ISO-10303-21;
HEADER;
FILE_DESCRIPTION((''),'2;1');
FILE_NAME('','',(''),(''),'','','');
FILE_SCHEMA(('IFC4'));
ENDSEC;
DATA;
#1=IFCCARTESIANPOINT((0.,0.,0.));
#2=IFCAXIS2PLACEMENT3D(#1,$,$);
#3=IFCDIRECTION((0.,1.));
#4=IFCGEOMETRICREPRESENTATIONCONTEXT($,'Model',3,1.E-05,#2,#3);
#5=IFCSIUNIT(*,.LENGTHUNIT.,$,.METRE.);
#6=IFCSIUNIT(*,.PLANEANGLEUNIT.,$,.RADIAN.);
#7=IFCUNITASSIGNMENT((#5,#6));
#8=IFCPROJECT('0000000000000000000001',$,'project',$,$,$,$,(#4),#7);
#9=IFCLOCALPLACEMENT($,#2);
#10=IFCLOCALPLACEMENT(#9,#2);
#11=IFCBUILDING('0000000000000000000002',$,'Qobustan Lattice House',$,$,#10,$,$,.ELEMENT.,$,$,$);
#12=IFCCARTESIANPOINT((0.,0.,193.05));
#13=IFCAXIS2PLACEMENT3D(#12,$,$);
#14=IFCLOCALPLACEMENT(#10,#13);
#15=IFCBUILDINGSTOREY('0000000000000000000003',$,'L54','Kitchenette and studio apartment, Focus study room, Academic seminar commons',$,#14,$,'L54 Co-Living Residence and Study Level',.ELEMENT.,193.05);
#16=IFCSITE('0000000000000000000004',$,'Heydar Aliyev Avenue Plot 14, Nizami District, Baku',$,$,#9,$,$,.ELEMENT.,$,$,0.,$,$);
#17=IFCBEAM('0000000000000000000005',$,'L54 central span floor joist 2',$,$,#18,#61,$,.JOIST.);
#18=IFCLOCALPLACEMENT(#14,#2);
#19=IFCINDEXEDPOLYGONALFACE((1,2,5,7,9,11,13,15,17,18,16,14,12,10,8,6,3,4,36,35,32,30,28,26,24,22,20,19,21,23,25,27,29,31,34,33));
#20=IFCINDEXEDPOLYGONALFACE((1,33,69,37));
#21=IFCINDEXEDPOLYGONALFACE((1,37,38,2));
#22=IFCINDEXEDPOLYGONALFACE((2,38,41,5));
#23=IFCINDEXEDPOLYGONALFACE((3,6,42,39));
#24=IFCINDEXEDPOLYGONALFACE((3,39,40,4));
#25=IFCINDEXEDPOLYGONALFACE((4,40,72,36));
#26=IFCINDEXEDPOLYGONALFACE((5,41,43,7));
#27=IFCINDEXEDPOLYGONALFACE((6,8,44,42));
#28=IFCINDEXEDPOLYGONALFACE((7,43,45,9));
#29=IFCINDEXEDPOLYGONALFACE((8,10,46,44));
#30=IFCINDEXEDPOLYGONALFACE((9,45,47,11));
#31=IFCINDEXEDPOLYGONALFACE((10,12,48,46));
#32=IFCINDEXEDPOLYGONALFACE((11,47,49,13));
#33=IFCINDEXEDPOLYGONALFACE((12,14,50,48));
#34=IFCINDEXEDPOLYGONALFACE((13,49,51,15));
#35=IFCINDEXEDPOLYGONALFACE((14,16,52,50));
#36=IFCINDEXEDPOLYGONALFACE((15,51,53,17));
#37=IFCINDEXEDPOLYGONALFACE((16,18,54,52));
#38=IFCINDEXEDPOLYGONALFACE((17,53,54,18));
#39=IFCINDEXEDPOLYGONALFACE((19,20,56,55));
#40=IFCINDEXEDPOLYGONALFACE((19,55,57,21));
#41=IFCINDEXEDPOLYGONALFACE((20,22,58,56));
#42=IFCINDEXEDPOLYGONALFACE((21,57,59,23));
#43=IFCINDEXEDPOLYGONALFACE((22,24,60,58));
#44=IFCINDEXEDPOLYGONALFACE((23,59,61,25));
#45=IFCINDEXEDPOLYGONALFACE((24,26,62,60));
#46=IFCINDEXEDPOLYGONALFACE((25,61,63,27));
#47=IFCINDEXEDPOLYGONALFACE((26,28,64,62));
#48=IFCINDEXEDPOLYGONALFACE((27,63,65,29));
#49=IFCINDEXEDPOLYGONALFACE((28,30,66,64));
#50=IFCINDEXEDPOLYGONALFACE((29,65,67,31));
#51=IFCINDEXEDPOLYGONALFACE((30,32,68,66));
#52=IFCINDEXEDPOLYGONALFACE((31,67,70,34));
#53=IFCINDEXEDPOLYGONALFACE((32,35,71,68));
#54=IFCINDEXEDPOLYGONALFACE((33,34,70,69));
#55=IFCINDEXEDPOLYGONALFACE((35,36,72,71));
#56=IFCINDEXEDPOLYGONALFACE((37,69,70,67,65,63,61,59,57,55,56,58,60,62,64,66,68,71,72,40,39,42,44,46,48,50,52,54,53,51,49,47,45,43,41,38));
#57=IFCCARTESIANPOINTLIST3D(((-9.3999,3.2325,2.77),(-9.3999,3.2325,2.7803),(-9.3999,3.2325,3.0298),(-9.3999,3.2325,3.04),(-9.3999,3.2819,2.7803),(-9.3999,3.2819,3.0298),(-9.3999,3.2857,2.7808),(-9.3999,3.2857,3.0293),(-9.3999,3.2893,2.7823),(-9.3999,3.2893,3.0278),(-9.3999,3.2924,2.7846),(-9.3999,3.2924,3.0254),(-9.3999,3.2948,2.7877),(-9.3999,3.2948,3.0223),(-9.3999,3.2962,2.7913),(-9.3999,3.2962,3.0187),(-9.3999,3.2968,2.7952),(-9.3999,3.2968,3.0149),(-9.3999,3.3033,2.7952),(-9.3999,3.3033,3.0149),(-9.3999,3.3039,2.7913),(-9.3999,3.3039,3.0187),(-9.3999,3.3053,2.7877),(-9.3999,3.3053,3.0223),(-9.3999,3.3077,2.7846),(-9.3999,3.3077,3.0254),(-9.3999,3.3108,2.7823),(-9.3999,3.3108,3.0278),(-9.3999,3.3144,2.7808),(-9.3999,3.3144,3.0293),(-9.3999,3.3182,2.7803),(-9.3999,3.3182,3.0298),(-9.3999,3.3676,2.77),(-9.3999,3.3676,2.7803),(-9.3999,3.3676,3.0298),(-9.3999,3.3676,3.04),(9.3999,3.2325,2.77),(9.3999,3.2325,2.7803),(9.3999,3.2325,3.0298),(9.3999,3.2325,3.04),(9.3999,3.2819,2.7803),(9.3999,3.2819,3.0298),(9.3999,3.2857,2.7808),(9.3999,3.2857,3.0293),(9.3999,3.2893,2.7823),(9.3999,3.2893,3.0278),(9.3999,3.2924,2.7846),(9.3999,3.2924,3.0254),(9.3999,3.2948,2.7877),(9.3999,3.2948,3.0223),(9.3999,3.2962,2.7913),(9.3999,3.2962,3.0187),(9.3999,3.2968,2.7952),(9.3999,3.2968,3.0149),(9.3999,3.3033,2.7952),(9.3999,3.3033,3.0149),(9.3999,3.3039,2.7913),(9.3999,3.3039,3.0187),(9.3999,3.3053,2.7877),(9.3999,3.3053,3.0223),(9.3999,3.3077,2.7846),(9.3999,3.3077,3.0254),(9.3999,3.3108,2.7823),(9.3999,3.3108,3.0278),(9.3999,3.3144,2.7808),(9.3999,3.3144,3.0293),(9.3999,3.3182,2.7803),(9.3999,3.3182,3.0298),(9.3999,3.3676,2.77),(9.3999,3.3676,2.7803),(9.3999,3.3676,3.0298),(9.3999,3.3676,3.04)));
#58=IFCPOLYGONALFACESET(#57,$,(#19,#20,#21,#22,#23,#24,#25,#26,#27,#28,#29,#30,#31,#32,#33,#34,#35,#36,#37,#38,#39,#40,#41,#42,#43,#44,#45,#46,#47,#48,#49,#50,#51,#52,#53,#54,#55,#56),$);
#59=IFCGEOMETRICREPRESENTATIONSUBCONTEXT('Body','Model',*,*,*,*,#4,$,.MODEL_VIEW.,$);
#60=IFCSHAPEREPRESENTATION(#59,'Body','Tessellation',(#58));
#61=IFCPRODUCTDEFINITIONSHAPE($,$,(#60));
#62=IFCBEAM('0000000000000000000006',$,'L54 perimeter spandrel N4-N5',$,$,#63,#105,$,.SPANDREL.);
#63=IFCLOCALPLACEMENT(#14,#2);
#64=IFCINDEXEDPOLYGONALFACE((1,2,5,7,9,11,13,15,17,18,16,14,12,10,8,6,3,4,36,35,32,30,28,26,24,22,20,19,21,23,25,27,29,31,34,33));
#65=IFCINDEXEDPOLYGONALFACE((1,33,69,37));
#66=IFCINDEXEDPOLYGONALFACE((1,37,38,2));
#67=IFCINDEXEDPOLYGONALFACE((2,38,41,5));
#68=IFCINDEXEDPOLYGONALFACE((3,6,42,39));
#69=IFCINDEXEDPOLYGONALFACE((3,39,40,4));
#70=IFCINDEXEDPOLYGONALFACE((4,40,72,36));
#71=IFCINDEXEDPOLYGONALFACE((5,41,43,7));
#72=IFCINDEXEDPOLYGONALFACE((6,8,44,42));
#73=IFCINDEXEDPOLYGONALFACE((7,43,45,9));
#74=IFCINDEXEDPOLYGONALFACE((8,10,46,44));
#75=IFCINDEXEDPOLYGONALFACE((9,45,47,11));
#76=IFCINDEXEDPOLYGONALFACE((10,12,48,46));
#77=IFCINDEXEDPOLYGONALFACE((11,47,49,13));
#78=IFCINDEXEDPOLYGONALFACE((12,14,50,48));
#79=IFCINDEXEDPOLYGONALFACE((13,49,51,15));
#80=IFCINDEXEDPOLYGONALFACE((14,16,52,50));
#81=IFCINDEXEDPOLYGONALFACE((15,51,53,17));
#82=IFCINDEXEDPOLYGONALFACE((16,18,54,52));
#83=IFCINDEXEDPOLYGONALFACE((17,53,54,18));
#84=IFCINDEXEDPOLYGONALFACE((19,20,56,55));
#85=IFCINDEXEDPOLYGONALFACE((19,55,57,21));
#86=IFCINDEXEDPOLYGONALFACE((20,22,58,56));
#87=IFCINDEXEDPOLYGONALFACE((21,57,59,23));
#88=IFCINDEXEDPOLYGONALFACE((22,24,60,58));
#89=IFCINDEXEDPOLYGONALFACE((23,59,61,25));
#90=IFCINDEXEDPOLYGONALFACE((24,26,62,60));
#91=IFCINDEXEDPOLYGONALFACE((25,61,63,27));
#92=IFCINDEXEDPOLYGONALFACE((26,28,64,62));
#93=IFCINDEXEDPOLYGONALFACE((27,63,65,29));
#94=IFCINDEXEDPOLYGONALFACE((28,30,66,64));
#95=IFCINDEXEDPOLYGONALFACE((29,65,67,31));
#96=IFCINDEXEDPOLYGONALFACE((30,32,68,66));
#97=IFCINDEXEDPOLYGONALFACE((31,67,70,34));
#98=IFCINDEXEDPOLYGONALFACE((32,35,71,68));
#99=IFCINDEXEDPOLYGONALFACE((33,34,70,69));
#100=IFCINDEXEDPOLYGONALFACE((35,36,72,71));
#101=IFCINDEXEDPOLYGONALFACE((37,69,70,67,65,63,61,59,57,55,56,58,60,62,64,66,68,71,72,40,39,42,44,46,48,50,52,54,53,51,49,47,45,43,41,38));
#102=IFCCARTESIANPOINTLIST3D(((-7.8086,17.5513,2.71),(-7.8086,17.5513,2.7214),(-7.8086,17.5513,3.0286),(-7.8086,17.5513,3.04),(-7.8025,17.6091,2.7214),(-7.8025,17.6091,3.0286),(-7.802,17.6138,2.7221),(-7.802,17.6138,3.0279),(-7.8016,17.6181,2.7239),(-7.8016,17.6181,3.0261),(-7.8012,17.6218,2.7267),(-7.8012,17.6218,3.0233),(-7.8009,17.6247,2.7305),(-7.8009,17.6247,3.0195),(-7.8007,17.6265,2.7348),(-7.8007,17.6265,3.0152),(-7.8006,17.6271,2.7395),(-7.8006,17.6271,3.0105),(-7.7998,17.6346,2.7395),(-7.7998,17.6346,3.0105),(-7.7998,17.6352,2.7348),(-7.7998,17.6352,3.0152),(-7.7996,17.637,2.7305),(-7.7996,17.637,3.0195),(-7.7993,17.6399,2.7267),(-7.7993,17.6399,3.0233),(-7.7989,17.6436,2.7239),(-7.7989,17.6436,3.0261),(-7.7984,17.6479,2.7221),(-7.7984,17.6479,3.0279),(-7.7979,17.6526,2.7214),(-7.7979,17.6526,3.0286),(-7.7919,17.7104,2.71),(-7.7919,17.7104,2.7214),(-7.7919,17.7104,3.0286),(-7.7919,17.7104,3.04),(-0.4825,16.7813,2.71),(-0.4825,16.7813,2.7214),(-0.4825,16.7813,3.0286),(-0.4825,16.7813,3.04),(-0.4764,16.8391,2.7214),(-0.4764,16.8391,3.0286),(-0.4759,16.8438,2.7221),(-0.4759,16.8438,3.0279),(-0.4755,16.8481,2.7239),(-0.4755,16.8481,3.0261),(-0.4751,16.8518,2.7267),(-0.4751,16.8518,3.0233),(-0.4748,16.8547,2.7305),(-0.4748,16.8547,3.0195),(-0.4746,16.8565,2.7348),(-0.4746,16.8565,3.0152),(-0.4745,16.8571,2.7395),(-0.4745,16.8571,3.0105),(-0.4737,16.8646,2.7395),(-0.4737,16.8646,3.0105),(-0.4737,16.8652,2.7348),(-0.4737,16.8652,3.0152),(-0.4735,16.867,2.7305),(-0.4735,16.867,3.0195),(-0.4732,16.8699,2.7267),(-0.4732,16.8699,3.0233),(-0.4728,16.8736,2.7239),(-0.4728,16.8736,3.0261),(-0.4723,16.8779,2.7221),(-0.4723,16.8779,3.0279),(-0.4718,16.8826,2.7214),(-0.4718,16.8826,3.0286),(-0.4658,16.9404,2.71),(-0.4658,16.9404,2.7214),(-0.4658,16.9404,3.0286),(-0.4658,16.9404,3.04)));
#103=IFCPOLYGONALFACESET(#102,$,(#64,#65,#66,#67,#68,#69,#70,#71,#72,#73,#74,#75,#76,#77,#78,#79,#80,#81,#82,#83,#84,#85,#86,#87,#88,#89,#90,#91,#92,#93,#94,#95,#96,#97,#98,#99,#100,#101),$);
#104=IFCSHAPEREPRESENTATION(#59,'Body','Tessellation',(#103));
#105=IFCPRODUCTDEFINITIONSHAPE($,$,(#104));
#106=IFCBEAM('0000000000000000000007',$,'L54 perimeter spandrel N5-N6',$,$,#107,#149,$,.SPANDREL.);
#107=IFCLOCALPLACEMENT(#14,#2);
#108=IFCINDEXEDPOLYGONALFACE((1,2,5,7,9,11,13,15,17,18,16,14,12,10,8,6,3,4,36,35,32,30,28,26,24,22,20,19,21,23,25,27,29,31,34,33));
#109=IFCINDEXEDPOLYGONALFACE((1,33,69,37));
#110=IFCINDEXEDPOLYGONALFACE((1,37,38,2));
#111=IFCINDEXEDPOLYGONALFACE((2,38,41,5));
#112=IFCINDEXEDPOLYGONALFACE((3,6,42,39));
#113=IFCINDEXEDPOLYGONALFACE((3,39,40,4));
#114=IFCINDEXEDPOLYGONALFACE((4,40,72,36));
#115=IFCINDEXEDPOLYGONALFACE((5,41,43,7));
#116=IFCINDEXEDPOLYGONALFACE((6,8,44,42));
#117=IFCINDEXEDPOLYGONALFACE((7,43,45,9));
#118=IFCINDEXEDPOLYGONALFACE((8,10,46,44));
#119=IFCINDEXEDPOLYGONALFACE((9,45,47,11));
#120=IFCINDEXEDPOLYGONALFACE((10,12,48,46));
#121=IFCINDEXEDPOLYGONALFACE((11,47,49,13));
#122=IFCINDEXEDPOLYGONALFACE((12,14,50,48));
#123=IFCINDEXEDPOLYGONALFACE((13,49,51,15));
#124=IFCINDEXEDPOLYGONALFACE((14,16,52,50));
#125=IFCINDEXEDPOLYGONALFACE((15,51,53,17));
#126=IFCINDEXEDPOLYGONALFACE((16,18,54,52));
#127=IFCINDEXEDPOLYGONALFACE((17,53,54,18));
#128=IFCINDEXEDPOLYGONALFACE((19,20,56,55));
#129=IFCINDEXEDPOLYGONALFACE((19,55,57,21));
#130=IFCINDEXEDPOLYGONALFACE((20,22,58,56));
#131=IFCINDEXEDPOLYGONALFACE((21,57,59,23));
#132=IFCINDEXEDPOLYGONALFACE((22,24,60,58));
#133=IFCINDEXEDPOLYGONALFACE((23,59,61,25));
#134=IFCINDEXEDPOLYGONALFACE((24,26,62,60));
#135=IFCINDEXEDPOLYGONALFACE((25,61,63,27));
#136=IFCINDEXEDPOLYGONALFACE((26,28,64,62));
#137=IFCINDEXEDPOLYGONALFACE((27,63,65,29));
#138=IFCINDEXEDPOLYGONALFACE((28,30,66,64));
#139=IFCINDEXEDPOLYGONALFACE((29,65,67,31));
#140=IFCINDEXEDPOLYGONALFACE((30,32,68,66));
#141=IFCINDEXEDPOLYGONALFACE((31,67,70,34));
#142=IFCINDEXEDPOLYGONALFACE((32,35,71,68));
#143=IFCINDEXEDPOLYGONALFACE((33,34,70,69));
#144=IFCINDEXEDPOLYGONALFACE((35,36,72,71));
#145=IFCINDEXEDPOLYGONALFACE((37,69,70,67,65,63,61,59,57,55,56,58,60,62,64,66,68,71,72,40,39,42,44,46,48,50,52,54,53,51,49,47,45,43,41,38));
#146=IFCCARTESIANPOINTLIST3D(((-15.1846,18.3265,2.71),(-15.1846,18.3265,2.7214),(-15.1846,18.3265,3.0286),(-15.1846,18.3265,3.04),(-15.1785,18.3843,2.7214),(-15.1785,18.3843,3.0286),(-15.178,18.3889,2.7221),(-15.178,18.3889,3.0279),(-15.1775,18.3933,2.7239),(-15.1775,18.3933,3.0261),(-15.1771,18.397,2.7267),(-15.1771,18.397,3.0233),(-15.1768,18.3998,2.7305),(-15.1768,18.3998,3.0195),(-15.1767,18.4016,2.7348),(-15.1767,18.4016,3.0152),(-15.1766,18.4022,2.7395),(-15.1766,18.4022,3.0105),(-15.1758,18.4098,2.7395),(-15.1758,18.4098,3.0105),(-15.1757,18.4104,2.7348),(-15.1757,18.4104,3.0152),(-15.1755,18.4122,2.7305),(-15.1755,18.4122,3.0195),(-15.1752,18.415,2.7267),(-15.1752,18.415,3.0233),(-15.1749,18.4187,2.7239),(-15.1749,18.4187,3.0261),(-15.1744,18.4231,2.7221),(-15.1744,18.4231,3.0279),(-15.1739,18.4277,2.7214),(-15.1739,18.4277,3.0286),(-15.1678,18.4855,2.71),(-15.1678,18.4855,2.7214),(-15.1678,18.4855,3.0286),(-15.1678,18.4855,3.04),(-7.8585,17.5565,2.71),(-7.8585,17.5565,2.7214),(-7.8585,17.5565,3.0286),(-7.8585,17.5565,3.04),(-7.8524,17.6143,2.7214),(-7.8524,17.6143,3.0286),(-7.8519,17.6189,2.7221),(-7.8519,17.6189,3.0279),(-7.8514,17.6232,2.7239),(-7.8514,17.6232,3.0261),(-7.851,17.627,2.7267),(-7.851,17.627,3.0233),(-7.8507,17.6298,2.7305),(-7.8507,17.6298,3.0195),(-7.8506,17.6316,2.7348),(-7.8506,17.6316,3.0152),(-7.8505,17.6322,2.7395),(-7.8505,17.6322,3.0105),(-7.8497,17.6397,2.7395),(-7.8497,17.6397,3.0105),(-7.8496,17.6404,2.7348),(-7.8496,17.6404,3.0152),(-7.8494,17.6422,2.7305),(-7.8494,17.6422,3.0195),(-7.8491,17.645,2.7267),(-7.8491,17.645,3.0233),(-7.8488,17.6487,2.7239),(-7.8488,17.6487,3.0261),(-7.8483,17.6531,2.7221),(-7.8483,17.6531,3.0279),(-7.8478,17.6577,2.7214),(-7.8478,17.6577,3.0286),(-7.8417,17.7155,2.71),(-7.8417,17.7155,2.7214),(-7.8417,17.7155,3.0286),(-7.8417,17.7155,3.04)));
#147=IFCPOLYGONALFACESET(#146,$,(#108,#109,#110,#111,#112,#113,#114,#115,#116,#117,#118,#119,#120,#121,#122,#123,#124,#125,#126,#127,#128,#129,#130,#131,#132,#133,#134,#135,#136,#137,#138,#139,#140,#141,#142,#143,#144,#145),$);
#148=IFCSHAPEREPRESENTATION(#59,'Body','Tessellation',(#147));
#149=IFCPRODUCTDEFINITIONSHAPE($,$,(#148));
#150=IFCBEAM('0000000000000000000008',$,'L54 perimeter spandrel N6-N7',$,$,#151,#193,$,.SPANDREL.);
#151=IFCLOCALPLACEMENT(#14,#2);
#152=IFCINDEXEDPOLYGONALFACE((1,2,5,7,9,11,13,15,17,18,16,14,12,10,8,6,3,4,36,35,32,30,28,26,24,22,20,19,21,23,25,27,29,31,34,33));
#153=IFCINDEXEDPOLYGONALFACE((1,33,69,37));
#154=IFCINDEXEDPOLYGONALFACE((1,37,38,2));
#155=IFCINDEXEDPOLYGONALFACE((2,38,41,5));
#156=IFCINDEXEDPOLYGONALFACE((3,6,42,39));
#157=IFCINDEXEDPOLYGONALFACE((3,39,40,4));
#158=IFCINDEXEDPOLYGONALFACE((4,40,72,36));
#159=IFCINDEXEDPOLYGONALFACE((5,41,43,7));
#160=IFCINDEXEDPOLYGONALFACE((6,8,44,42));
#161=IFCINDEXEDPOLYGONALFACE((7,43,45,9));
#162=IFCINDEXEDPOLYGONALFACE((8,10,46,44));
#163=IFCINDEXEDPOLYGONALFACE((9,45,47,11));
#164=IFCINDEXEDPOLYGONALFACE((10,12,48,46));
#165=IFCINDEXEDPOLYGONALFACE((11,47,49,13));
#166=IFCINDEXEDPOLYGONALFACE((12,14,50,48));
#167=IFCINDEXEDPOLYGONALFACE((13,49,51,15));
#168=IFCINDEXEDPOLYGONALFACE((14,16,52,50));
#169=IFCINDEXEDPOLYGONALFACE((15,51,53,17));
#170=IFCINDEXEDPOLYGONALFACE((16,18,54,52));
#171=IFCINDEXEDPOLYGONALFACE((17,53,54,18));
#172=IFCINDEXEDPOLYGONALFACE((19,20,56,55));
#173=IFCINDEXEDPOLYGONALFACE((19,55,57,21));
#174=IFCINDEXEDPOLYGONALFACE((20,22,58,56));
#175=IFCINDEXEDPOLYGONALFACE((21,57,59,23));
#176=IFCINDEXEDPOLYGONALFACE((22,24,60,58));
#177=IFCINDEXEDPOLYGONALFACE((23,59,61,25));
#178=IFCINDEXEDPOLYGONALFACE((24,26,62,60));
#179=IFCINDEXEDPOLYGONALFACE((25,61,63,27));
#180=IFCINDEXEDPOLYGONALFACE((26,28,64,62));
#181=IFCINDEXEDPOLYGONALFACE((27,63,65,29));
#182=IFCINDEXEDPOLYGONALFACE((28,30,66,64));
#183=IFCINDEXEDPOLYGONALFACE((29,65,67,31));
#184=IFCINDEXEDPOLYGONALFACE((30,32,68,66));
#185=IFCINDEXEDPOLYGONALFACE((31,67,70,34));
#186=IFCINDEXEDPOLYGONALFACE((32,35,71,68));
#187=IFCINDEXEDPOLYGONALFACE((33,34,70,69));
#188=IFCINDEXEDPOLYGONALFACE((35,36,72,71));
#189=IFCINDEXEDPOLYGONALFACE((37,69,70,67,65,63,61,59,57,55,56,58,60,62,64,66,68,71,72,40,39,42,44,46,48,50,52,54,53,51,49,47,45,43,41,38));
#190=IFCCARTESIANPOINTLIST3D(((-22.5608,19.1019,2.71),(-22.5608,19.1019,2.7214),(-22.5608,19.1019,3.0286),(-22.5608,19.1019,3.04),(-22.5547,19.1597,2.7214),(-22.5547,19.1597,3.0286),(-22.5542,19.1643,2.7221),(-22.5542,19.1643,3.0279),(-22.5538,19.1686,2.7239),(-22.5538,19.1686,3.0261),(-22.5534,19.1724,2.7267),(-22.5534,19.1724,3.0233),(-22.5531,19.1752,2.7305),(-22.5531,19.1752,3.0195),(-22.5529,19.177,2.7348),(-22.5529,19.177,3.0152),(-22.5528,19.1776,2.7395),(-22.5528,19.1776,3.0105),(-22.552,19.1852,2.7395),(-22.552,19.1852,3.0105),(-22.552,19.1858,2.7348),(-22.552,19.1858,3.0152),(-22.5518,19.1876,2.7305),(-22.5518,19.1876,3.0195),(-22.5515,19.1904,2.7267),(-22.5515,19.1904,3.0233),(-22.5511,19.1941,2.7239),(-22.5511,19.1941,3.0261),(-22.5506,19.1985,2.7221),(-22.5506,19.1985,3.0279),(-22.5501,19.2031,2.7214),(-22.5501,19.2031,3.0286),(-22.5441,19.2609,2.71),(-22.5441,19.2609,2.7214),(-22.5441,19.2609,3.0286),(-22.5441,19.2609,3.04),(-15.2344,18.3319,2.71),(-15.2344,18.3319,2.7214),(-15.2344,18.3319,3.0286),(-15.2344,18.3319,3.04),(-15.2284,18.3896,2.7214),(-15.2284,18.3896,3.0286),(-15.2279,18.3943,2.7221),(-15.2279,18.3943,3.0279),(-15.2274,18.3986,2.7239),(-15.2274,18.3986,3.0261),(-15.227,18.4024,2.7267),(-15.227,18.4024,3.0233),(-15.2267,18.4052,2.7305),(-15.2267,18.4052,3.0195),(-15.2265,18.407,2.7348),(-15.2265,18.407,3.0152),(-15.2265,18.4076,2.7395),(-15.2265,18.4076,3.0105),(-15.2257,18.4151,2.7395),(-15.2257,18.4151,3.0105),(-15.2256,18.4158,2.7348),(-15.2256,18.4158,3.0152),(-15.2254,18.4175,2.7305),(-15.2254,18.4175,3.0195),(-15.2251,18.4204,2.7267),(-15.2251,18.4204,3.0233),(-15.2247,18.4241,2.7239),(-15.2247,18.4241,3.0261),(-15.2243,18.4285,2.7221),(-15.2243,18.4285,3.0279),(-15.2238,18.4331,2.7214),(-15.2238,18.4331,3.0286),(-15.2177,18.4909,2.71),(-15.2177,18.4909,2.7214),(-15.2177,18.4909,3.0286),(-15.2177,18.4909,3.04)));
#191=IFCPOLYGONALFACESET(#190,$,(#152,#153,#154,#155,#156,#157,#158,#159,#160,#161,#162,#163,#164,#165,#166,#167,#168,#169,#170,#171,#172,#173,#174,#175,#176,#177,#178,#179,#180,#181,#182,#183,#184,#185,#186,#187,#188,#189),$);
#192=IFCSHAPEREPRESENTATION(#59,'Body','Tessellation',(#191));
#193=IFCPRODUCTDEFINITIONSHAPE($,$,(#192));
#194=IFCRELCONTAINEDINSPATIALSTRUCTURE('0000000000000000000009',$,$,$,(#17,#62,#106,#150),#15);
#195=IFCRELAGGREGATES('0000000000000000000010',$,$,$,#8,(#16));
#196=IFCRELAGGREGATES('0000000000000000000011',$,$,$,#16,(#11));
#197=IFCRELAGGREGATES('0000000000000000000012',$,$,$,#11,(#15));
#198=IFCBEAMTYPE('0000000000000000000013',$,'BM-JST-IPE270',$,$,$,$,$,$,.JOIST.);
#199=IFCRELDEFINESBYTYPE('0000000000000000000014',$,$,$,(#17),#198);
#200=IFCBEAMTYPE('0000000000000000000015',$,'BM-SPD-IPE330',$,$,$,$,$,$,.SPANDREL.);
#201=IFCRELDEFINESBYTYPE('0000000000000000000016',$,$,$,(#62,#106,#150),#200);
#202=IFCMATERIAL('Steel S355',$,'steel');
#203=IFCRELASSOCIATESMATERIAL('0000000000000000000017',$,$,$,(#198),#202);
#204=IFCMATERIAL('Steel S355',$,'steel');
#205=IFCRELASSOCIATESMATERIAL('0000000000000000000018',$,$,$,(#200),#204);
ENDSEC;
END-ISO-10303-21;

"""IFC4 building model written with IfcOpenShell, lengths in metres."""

from ifc_helpers import new_model, si_unit, direction, frame, origin, origin_2d, place, context, subcontext, project, spatial, i_section, extrude, material, material_profile, profile_set, type_object, element, save


model = new_model("IFC4")

# Units and contexts
model_context = context("Model", 3, precision=1e-05, world=origin(), true_north=direction((0.0, 1.0)))
body_context = subcontext(model_context, "Body", "Model", "MODEL_VIEW")
ifc_project = project(units=[si_unit("LENGTHUNIT", "METRE"), si_unit("PLANEANGLEUNIT", "RADIAN")], contexts=[model_context])

# Site, building, storey
site_placement = place(None, origin())
site = spatial("IfcSite", under=ifc_project, at=site_placement, Name="Heydar Aliyev Avenue Plot 14, Nizami District, Baku", CompositionType="ELEMENT", RefElevation=0.0)
building_placement = place(site_placement, origin())
building = spatial("IfcBuilding", under=site, at=building_placement, Name="Qobustan Lattice House", CompositionType="ELEMENT")
storey_placement = place(building_placement, frame((0.0, 0.0, 193.05)))
storey = spatial("IfcBuildingStorey", under=building, at=storey_placement, Name="L54", Description="Kitchenette and studio apartment, Focus study room, Academic seminar commons", LongName="L54 Co-Living Residence and Study Level", CompositionType="ELEMENT", Elevation=193.05)

# Beams
ifc_material_1 = material(Name="Steel S355", Category="steel")
ifc_material_profile_1 = material_profile(ifc_material_1, i_section(OverallWidth=0.135, OverallDepth=0.27, WebThickness=0.0066, FlangeThickness=0.0103, FilletRadius=0.0149, at=origin_2d()), Name="IPE270")
ifc_profile_set_1 = profile_set([ifc_material_profile_1], Name="Steel S355")
beam_type_1 = type_object("IfcBeamType", Name="BM-JST-IPE270", PredefinedType="JOIST", material=ifc_profile_set_1)
beam_1_placement = place(storey_placement, frame((-9.3999, 3.3, 2.905), z_axis=(1.0, 0.0, 0.0), x_axis=(0.0, 1.0, 0.0)))
element("IfcBeam", 1, at=beam_1_placement, inside=storey, type_object=beam_type_1, Name="L54 central span floor joist 2", PredefinedType="JOIST", context=body_context, shape_type="SweptSolid", body=[
    extrude(i_section(OverallWidth=0.135, OverallDepth=0.27, WebThickness=0.0066, FlangeThickness=0.0103, FilletRadius=0.0149, at=origin_2d()), origin(), (0.0, 0.0, 1.0), 18.7998),
])
ifc_material_2 = material(Name="Steel S355", Category="steel")
ifc_material_profile_2 = material_profile(ifc_material_2, i_section(OverallWidth=0.1599, OverallDepth=0.3301, WebThickness=0.0076, FlangeThickness=0.0115, FilletRadius=0.0181, at=origin_2d()), Name="IPE330")
ifc_profile_set_2 = profile_set([ifc_material_profile_2], Name="Steel S355")
beam_type_2 = type_object("IfcBeamType", Name="BM-SPD-IPE330", PredefinedType="SPANDREL", material=ifc_profile_set_2)
for number, where, z_axis, x_axis, name in (
    (2, (-0.4741, 16.8608, 2.875), (-0.994522, 0.10453, 0.0), (-0.10453, -0.994522, 0.0), "L54 perimeter spandrel N4-N5"),
    (3, (-7.8501, 17.636, 2.875), (-0.994522, 0.10453, 0.0), (-0.10453, -0.994522, 0.0), "L54 perimeter spandrel N5-N6"),
):
    element("IfcBeam", number, at=place(storey_placement, frame(where, z_axis=z_axis, x_axis=x_axis)), inside=storey, type_object=beam_type_2, Name=name, PredefinedType="SPANDREL", context=body_context, shape_type="SweptSolid", body=[
        extrude(i_section(OverallWidth=0.1599, OverallDepth=0.3301, WebThickness=0.0076, FlangeThickness=0.0115, FilletRadius=0.0181, at=origin_2d()), origin(), (0.0, 0.0, 1.0), 7.3665),
    ])
beam_2_placement = place(storey_placement, frame((-15.2261, 18.4114, 2.875), z_axis=(-0.994522, 0.104526, 0.0), x_axis=(-0.104526, -0.994522, 0.0)))
element("IfcBeam", 4, at=beam_2_placement, inside=storey, type_object=beam_type_2, Name="L54 perimeter spandrel N6-N7", PredefinedType="SPANDREL", context=body_context, shape_type="SweptSolid", body=[
    extrude(i_section(OverallWidth=0.1599, OverallDepth=0.3301, WebThickness=0.0076, FlangeThickness=0.0115, FilletRadius=0.0181, at=origin_2d()), origin(), (0.0, 0.0, 1.0), 7.3667),
])

save(model, "model.ifc")
